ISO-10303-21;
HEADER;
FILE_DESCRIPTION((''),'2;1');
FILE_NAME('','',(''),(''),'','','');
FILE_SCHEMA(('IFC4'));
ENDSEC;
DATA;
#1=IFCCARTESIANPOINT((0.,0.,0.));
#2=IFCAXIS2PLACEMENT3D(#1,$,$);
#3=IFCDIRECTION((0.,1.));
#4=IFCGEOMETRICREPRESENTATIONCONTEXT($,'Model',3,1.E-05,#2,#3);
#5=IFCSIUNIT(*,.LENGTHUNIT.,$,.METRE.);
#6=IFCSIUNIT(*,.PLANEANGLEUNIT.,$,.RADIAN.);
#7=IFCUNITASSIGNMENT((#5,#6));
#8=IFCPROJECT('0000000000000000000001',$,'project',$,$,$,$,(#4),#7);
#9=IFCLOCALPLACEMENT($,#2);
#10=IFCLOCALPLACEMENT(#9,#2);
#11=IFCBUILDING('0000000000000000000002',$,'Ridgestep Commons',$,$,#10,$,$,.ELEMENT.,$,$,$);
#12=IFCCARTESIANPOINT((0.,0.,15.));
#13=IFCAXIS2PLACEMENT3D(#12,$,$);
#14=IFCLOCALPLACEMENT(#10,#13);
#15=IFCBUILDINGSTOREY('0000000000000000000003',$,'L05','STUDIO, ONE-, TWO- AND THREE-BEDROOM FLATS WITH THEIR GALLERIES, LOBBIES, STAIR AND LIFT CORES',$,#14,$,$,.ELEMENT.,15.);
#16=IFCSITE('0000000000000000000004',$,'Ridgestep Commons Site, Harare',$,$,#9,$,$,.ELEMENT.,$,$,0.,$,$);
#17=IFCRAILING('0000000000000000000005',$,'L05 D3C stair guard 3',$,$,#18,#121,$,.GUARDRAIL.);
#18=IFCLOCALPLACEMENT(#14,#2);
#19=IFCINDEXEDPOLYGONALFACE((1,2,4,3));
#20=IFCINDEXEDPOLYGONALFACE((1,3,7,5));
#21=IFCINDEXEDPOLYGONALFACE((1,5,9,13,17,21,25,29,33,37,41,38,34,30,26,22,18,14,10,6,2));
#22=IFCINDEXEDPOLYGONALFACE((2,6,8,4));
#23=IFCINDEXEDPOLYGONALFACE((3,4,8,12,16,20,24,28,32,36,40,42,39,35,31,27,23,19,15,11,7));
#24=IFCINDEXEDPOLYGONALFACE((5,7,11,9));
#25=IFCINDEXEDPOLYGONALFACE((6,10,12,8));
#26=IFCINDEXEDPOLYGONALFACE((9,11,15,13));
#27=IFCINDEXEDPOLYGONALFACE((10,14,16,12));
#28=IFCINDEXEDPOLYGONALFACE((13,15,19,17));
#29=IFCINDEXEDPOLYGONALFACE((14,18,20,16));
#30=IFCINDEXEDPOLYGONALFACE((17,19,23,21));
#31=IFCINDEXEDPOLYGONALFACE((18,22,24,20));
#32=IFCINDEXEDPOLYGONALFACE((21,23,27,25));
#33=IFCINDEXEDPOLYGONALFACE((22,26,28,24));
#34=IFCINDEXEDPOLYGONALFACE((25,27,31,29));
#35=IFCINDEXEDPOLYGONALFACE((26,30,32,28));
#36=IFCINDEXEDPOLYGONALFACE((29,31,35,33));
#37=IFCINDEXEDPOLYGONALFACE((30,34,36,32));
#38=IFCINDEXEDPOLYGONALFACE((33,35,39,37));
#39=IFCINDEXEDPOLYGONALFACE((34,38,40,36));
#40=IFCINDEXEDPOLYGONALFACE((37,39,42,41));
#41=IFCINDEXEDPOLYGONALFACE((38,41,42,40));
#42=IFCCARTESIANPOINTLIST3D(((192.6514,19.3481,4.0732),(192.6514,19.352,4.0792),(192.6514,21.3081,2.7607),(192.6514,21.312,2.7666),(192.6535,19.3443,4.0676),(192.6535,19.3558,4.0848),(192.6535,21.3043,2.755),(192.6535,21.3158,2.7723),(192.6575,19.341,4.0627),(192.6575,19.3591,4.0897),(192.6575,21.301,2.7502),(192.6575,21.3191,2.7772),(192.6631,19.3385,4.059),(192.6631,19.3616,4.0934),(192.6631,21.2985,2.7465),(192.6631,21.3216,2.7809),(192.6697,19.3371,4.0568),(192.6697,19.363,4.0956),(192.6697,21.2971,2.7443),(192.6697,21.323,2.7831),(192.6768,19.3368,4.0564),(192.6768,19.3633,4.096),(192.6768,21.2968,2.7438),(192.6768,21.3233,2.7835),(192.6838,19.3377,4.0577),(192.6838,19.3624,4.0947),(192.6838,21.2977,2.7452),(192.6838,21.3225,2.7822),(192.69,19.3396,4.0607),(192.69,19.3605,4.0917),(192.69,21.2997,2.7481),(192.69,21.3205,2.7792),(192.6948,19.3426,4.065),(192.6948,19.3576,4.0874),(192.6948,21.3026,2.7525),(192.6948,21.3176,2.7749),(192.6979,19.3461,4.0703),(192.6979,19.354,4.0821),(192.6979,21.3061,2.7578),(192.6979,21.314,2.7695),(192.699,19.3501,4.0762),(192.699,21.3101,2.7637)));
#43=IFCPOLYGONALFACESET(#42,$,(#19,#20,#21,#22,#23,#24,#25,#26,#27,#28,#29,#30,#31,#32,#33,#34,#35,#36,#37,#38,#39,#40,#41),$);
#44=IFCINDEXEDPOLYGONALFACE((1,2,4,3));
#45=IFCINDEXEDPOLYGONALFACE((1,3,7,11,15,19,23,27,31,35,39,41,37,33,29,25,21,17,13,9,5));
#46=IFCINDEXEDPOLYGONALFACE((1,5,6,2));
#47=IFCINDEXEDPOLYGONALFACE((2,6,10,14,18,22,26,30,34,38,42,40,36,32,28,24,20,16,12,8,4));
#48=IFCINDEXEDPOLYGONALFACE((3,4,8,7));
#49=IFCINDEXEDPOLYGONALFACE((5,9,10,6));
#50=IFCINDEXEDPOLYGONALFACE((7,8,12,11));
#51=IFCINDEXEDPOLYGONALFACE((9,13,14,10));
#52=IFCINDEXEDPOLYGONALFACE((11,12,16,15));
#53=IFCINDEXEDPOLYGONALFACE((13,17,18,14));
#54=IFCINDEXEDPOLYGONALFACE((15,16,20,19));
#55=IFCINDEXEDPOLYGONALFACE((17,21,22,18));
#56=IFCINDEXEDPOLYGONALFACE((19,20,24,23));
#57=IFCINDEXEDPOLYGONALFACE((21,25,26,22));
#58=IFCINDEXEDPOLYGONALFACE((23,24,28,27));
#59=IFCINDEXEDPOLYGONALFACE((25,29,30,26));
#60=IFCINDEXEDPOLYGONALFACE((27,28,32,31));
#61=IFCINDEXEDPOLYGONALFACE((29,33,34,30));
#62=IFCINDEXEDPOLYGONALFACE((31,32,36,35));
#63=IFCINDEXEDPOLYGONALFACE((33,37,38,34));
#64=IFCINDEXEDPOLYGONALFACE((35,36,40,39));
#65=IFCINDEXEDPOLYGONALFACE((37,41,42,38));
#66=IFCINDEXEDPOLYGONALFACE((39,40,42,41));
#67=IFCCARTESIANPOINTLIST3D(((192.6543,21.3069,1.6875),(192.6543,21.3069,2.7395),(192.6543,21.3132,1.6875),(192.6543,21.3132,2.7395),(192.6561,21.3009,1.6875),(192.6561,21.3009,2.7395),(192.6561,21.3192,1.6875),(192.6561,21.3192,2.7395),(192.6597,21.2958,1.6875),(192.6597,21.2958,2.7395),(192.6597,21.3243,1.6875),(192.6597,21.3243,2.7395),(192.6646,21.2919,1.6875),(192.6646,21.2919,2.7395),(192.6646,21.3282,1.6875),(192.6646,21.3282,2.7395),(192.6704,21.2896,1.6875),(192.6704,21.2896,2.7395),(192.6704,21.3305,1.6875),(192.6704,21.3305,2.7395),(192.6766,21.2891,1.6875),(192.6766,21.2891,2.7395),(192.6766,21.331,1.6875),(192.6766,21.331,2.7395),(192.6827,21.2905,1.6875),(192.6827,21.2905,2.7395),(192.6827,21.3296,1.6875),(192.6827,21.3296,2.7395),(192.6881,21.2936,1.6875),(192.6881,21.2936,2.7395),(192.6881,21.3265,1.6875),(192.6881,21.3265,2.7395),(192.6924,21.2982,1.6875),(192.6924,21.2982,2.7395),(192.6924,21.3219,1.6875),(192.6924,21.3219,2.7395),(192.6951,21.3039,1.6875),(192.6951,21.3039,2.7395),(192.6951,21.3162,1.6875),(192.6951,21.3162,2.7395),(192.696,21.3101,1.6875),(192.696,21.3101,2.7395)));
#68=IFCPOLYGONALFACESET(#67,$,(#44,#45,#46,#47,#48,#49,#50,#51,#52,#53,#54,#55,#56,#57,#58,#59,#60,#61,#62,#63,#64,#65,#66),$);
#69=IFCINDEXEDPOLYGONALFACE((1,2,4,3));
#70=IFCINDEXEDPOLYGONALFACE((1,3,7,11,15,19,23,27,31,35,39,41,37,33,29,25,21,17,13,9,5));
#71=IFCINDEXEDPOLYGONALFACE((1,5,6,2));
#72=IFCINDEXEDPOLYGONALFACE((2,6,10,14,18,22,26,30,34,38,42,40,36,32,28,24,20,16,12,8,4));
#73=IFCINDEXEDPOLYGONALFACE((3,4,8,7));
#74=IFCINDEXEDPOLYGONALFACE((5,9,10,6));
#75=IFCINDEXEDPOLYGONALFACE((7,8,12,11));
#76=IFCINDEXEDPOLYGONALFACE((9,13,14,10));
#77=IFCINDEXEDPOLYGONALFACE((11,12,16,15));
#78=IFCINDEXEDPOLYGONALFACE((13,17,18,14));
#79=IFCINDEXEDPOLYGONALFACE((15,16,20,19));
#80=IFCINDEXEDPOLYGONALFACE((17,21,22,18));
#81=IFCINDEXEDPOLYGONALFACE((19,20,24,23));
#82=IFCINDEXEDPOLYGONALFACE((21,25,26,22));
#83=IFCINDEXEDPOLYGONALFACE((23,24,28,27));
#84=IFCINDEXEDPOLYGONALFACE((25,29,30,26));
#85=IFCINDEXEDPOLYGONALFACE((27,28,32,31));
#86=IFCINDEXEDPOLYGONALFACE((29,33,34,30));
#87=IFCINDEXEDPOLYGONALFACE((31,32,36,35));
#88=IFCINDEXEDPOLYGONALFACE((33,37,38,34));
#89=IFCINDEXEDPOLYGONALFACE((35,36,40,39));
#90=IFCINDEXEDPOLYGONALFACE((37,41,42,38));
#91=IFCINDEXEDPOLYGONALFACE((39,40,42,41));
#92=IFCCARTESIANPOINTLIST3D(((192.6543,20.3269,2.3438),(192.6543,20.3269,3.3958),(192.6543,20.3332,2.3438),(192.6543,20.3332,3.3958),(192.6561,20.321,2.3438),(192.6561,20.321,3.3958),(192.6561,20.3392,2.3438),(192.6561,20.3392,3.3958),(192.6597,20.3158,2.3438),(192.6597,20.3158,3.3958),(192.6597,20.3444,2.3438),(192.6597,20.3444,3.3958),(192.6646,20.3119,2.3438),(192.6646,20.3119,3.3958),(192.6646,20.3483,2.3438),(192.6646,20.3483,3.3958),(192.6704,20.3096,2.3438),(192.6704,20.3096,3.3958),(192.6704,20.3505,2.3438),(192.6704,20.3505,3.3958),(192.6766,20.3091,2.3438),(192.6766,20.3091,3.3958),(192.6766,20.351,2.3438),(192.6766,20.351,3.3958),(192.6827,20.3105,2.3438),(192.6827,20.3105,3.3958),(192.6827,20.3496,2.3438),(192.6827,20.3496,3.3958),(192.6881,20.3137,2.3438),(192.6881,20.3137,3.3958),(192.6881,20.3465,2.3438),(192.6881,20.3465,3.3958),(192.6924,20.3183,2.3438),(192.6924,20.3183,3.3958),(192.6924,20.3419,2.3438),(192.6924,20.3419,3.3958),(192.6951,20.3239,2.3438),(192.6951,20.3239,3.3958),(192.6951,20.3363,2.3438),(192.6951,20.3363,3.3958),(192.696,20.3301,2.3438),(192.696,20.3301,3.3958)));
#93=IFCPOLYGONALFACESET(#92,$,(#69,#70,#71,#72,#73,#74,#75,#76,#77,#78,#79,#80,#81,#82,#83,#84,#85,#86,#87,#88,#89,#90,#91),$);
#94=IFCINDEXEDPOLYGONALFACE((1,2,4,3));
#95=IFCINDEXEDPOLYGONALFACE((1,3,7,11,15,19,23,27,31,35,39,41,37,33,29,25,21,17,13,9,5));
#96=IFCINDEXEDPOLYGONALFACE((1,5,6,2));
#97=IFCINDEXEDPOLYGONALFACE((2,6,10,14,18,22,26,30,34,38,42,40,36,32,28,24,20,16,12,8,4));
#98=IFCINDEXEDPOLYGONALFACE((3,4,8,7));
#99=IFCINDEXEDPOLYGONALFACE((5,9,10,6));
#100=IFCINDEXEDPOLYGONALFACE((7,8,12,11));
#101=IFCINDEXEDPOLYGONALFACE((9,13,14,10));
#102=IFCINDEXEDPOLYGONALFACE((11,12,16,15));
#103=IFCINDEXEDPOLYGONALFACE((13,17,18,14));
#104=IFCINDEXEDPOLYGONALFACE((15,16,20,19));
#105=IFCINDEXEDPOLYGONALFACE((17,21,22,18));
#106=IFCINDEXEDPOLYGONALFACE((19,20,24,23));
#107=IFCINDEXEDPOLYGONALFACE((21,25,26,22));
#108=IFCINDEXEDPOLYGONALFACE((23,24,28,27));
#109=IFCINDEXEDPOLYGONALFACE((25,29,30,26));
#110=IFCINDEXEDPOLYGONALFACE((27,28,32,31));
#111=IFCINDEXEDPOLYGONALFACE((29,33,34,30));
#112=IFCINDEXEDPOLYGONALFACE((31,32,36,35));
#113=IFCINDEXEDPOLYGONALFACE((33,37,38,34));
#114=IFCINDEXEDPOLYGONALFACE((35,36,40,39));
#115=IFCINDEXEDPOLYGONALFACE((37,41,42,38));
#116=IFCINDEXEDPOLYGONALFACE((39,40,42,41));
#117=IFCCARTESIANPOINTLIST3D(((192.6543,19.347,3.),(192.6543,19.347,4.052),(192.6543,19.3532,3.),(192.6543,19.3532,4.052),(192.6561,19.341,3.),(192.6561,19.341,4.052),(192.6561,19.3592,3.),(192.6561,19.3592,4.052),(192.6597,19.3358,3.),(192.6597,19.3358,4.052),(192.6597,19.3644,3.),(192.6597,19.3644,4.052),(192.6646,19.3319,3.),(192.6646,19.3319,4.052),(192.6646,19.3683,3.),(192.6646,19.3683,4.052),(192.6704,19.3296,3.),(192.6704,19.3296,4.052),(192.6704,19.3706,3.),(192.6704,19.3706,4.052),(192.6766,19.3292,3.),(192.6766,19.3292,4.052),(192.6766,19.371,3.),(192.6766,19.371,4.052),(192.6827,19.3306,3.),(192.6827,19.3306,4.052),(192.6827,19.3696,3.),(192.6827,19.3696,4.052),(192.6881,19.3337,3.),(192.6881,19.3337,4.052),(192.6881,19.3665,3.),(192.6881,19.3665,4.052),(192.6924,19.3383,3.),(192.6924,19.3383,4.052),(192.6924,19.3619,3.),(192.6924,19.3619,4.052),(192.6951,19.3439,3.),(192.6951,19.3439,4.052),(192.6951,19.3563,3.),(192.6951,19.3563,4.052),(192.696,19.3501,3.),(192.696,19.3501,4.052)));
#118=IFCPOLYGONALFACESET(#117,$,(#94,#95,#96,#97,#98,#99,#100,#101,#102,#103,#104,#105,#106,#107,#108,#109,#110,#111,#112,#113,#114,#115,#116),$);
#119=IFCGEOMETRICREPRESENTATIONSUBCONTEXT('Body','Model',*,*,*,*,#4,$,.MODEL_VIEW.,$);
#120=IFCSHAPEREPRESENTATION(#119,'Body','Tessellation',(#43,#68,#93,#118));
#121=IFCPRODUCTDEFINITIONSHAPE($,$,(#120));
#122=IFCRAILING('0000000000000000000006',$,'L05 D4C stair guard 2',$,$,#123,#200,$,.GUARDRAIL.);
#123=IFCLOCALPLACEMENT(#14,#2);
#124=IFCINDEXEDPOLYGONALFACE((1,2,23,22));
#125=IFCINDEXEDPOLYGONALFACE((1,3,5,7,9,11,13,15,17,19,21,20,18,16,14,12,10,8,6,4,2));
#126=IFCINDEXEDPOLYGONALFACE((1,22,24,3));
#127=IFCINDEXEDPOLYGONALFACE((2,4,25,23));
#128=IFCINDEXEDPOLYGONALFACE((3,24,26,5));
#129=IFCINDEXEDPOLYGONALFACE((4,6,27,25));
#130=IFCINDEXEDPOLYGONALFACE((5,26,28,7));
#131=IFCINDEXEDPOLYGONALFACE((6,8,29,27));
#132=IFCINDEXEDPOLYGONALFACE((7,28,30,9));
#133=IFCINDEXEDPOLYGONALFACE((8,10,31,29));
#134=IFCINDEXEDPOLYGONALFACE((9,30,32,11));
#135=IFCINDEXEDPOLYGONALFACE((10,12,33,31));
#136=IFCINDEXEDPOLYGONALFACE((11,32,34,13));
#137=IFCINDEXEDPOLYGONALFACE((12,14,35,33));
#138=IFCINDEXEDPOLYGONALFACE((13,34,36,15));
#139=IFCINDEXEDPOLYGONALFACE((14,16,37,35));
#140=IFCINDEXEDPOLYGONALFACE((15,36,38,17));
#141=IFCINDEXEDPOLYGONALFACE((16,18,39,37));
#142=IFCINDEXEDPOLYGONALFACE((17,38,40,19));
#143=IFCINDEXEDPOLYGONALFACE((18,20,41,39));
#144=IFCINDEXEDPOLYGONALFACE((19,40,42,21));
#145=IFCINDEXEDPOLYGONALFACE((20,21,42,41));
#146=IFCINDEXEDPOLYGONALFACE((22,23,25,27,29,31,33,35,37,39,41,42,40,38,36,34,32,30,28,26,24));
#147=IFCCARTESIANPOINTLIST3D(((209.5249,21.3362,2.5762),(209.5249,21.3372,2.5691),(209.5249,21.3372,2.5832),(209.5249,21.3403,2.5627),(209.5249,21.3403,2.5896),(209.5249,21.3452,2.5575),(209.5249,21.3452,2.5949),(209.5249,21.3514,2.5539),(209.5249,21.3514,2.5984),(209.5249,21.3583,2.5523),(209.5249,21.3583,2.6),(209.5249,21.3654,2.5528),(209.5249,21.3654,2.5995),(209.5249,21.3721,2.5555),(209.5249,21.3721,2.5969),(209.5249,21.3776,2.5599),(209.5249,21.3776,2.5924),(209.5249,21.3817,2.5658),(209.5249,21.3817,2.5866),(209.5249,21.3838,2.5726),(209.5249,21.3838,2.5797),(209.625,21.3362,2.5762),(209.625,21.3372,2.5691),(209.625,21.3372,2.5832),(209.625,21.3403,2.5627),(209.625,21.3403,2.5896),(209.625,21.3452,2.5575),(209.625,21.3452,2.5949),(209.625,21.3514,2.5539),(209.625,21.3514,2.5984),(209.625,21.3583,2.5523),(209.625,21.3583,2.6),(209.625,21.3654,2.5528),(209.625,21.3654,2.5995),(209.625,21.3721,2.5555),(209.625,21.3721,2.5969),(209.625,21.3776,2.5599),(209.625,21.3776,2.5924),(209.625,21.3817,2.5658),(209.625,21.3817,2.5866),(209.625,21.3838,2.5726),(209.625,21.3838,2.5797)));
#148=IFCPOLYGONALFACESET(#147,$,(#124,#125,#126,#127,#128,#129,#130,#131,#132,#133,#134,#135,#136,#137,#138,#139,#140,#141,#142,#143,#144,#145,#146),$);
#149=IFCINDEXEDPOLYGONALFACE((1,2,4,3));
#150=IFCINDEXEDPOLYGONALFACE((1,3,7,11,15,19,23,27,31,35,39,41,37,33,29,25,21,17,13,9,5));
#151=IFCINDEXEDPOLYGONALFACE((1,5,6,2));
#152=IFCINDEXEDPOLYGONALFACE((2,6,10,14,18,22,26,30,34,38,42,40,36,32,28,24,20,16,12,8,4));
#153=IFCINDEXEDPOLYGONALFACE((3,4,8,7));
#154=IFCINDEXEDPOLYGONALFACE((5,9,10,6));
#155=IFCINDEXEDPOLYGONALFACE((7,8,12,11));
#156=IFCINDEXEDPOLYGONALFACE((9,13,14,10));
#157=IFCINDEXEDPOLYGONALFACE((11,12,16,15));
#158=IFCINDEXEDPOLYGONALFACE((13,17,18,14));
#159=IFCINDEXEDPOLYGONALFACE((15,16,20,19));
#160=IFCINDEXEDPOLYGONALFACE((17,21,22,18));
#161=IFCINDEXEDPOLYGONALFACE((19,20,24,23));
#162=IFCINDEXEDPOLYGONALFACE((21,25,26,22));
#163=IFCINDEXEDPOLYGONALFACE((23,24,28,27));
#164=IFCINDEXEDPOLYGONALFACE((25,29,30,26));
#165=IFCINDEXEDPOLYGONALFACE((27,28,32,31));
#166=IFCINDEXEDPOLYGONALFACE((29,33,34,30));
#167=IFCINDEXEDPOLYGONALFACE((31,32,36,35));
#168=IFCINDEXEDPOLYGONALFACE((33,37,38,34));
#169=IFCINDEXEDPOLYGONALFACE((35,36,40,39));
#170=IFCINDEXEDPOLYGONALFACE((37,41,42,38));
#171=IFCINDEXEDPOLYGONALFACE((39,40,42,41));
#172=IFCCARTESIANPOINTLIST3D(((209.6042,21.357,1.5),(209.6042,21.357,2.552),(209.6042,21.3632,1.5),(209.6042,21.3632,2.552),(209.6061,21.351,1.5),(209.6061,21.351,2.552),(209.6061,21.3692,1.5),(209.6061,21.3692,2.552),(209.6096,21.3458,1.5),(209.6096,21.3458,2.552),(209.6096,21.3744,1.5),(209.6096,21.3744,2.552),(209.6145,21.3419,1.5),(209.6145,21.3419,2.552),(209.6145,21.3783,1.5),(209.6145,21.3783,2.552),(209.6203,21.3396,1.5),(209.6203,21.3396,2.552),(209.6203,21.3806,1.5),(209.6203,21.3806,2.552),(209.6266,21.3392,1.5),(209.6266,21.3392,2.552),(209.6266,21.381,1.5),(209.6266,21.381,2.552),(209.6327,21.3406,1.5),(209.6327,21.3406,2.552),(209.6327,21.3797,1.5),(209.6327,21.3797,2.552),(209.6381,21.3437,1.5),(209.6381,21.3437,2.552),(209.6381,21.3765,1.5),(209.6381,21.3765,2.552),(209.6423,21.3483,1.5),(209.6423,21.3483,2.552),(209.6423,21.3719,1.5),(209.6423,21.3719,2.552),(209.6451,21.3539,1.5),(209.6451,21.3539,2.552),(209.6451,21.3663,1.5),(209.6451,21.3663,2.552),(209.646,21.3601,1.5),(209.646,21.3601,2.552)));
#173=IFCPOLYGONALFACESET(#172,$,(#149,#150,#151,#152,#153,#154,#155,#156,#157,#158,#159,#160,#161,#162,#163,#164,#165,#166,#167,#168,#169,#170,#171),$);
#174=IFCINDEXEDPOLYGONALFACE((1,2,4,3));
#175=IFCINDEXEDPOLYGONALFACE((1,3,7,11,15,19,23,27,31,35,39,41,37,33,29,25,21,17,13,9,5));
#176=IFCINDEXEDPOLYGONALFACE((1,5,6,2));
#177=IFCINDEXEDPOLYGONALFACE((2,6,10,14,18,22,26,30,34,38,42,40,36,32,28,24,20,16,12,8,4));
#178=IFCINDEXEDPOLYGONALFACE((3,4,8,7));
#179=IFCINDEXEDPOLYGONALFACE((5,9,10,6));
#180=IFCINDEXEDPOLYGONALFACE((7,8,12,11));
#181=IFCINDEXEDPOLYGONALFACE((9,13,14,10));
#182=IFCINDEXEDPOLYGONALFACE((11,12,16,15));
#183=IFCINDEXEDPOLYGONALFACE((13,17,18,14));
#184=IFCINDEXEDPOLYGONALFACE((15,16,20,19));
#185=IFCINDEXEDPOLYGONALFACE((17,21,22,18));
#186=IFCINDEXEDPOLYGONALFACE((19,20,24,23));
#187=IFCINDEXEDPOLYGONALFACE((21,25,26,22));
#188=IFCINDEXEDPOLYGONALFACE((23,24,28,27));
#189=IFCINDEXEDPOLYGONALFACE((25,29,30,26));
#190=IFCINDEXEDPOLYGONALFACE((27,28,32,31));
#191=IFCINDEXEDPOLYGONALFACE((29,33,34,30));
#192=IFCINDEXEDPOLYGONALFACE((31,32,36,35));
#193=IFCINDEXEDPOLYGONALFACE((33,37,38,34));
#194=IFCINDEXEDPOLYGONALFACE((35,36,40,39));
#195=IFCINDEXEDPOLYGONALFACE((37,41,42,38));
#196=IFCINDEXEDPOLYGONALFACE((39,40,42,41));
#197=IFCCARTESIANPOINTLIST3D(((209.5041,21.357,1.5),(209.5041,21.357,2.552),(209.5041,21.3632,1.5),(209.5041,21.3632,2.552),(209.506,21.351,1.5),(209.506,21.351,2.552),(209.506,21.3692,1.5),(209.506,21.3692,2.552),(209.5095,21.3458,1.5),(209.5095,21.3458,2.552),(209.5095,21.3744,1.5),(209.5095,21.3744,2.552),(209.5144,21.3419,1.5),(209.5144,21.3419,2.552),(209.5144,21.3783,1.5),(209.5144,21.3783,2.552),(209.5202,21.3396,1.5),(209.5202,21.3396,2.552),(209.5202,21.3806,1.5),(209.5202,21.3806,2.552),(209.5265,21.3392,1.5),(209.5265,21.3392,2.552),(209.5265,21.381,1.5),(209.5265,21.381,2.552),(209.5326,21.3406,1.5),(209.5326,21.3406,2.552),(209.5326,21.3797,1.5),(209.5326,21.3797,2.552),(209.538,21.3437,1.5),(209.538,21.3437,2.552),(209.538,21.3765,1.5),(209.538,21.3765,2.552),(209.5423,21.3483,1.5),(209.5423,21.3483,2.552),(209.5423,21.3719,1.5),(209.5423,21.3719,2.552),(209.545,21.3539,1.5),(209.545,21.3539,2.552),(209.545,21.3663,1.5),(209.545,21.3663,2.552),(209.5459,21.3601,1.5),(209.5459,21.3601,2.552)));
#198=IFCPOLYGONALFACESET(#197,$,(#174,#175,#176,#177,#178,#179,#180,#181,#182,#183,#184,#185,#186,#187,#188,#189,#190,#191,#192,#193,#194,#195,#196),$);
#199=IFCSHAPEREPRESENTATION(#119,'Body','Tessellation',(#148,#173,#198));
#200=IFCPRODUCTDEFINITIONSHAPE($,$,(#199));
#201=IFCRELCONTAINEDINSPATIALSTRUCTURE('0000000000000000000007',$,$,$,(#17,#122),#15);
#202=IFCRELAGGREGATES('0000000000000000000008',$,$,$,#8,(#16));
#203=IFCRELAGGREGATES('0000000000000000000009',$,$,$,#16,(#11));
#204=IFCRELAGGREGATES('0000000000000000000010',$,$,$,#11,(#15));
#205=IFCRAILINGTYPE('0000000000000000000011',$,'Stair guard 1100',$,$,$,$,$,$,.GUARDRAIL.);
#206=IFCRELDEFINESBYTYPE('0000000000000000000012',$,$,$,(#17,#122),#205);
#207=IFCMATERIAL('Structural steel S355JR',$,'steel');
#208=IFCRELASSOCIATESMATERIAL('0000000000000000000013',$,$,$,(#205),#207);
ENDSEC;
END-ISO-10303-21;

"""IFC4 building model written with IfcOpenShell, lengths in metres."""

from ifc_helpers import new_model, si_unit, direction, frame, origin, origin_2d, place, context, subcontext, project, spatial, circle, extrude, material, type_object, element, save


model = new_model("IFC4")

# Units and contexts
model_context = context("Model", 3, precision=1e-05, world=origin(), true_north=direction((0.0, 1.0)))
body_context = subcontext(model_context, "Body", "Model", "MODEL_VIEW")
ifc_project = project(units=[si_unit("LENGTHUNIT", "METRE"), si_unit("PLANEANGLEUNIT", "RADIAN")], contexts=[model_context])

# Site, building, storey
site_placement = place(None, origin())
site = spatial("IfcSite", under=ifc_project, at=site_placement, Name="Ridgestep Commons Site, Harare", CompositionType="ELEMENT", RefElevation=0.0)
building_placement = place(site_placement, origin())
building = spatial("IfcBuilding", under=site, at=building_placement, Name="Ridgestep Commons", CompositionType="ELEMENT")
storey_placement = place(building_placement, frame((0.0, 0.0, 15.0)))
storey = spatial("IfcBuildingStorey", under=building, at=storey_placement, Name="L05", Description="STUDIO, ONE-, TWO- AND THREE-BEDROOM FLATS WITH THEIR GALLERIES, LOBBIES, STAIR AND LIFT CORES", CompositionType="ELEMENT", Elevation=15.0)

# Railings
ifc_material_1 = material(Name="Structural steel S355JR", Category="steel")
railing_type_1 = type_object("IfcRailingType", Name="Stair guard 1100", PredefinedType="GUARDRAIL", material=ifc_material_1)
railing_1_placement = place(storey_placement, frame((192.675, 21.3101, 1.6875)))
element("IfcRailing", 1, at=railing_1_placement, inside=storey, type_object=railing_type_1, Name="L05 D3C stair guard 3", PredefinedType="GUARDRAIL", context=body_context, shape_type="SweptSolid", body=[
    extrude(circle(Radius=0.0239, at=origin_2d()), frame((0.0, 0.0, 1.0762), z_axis=(0.0, -0.830902, 0.556419), x_axis=(1.0, 0.0, 0.0)), (0.0, 0.0, 1.0), 2.3589),
    extrude(circle(Radius=0.021, at=origin_2d()), origin(), (0.0, 0.0, 1.0), 1.052),
    extrude(circle(Radius=0.021, at=origin_2d()), frame((0.0, -0.98, 0.6562)), (0.0, 0.0, 1.0), 1.052),
    extrude(circle(Radius=0.021, at=origin_2d()), frame((0.0, -1.96, 1.3125)), (0.0, 0.0, 1.0), 1.052),
])
railing_2_placement = place(storey_placement, frame((209.625, 21.3601, 1.5)))
element("IfcRailing", 2, at=railing_2_placement, inside=storey, type_object=railing_type_1, Name="L05 D4C stair guard 2", PredefinedType="GUARDRAIL", context=body_context, shape_type="SweptSolid", body=[
    extrude(circle(Radius=0.0239, at=origin_2d()), frame((0.0, 0.0, 1.0762), z_axis=(-1.0, 0.0, 0.0), x_axis=(0.0, -1.0, 0.0)), (0.0, 0.0, 1.0), 0.1001),
    extrude(circle(Radius=0.021, at=origin_2d()), origin(), (0.0, 0.0, 1.0), 1.052),
    extrude(circle(Radius=0.021, at=origin_2d()), frame((-0.1001, 0.0, 0.0)), (0.0, 0.0, 1.0), 1.052),
])

save(model, "model.ifc")
